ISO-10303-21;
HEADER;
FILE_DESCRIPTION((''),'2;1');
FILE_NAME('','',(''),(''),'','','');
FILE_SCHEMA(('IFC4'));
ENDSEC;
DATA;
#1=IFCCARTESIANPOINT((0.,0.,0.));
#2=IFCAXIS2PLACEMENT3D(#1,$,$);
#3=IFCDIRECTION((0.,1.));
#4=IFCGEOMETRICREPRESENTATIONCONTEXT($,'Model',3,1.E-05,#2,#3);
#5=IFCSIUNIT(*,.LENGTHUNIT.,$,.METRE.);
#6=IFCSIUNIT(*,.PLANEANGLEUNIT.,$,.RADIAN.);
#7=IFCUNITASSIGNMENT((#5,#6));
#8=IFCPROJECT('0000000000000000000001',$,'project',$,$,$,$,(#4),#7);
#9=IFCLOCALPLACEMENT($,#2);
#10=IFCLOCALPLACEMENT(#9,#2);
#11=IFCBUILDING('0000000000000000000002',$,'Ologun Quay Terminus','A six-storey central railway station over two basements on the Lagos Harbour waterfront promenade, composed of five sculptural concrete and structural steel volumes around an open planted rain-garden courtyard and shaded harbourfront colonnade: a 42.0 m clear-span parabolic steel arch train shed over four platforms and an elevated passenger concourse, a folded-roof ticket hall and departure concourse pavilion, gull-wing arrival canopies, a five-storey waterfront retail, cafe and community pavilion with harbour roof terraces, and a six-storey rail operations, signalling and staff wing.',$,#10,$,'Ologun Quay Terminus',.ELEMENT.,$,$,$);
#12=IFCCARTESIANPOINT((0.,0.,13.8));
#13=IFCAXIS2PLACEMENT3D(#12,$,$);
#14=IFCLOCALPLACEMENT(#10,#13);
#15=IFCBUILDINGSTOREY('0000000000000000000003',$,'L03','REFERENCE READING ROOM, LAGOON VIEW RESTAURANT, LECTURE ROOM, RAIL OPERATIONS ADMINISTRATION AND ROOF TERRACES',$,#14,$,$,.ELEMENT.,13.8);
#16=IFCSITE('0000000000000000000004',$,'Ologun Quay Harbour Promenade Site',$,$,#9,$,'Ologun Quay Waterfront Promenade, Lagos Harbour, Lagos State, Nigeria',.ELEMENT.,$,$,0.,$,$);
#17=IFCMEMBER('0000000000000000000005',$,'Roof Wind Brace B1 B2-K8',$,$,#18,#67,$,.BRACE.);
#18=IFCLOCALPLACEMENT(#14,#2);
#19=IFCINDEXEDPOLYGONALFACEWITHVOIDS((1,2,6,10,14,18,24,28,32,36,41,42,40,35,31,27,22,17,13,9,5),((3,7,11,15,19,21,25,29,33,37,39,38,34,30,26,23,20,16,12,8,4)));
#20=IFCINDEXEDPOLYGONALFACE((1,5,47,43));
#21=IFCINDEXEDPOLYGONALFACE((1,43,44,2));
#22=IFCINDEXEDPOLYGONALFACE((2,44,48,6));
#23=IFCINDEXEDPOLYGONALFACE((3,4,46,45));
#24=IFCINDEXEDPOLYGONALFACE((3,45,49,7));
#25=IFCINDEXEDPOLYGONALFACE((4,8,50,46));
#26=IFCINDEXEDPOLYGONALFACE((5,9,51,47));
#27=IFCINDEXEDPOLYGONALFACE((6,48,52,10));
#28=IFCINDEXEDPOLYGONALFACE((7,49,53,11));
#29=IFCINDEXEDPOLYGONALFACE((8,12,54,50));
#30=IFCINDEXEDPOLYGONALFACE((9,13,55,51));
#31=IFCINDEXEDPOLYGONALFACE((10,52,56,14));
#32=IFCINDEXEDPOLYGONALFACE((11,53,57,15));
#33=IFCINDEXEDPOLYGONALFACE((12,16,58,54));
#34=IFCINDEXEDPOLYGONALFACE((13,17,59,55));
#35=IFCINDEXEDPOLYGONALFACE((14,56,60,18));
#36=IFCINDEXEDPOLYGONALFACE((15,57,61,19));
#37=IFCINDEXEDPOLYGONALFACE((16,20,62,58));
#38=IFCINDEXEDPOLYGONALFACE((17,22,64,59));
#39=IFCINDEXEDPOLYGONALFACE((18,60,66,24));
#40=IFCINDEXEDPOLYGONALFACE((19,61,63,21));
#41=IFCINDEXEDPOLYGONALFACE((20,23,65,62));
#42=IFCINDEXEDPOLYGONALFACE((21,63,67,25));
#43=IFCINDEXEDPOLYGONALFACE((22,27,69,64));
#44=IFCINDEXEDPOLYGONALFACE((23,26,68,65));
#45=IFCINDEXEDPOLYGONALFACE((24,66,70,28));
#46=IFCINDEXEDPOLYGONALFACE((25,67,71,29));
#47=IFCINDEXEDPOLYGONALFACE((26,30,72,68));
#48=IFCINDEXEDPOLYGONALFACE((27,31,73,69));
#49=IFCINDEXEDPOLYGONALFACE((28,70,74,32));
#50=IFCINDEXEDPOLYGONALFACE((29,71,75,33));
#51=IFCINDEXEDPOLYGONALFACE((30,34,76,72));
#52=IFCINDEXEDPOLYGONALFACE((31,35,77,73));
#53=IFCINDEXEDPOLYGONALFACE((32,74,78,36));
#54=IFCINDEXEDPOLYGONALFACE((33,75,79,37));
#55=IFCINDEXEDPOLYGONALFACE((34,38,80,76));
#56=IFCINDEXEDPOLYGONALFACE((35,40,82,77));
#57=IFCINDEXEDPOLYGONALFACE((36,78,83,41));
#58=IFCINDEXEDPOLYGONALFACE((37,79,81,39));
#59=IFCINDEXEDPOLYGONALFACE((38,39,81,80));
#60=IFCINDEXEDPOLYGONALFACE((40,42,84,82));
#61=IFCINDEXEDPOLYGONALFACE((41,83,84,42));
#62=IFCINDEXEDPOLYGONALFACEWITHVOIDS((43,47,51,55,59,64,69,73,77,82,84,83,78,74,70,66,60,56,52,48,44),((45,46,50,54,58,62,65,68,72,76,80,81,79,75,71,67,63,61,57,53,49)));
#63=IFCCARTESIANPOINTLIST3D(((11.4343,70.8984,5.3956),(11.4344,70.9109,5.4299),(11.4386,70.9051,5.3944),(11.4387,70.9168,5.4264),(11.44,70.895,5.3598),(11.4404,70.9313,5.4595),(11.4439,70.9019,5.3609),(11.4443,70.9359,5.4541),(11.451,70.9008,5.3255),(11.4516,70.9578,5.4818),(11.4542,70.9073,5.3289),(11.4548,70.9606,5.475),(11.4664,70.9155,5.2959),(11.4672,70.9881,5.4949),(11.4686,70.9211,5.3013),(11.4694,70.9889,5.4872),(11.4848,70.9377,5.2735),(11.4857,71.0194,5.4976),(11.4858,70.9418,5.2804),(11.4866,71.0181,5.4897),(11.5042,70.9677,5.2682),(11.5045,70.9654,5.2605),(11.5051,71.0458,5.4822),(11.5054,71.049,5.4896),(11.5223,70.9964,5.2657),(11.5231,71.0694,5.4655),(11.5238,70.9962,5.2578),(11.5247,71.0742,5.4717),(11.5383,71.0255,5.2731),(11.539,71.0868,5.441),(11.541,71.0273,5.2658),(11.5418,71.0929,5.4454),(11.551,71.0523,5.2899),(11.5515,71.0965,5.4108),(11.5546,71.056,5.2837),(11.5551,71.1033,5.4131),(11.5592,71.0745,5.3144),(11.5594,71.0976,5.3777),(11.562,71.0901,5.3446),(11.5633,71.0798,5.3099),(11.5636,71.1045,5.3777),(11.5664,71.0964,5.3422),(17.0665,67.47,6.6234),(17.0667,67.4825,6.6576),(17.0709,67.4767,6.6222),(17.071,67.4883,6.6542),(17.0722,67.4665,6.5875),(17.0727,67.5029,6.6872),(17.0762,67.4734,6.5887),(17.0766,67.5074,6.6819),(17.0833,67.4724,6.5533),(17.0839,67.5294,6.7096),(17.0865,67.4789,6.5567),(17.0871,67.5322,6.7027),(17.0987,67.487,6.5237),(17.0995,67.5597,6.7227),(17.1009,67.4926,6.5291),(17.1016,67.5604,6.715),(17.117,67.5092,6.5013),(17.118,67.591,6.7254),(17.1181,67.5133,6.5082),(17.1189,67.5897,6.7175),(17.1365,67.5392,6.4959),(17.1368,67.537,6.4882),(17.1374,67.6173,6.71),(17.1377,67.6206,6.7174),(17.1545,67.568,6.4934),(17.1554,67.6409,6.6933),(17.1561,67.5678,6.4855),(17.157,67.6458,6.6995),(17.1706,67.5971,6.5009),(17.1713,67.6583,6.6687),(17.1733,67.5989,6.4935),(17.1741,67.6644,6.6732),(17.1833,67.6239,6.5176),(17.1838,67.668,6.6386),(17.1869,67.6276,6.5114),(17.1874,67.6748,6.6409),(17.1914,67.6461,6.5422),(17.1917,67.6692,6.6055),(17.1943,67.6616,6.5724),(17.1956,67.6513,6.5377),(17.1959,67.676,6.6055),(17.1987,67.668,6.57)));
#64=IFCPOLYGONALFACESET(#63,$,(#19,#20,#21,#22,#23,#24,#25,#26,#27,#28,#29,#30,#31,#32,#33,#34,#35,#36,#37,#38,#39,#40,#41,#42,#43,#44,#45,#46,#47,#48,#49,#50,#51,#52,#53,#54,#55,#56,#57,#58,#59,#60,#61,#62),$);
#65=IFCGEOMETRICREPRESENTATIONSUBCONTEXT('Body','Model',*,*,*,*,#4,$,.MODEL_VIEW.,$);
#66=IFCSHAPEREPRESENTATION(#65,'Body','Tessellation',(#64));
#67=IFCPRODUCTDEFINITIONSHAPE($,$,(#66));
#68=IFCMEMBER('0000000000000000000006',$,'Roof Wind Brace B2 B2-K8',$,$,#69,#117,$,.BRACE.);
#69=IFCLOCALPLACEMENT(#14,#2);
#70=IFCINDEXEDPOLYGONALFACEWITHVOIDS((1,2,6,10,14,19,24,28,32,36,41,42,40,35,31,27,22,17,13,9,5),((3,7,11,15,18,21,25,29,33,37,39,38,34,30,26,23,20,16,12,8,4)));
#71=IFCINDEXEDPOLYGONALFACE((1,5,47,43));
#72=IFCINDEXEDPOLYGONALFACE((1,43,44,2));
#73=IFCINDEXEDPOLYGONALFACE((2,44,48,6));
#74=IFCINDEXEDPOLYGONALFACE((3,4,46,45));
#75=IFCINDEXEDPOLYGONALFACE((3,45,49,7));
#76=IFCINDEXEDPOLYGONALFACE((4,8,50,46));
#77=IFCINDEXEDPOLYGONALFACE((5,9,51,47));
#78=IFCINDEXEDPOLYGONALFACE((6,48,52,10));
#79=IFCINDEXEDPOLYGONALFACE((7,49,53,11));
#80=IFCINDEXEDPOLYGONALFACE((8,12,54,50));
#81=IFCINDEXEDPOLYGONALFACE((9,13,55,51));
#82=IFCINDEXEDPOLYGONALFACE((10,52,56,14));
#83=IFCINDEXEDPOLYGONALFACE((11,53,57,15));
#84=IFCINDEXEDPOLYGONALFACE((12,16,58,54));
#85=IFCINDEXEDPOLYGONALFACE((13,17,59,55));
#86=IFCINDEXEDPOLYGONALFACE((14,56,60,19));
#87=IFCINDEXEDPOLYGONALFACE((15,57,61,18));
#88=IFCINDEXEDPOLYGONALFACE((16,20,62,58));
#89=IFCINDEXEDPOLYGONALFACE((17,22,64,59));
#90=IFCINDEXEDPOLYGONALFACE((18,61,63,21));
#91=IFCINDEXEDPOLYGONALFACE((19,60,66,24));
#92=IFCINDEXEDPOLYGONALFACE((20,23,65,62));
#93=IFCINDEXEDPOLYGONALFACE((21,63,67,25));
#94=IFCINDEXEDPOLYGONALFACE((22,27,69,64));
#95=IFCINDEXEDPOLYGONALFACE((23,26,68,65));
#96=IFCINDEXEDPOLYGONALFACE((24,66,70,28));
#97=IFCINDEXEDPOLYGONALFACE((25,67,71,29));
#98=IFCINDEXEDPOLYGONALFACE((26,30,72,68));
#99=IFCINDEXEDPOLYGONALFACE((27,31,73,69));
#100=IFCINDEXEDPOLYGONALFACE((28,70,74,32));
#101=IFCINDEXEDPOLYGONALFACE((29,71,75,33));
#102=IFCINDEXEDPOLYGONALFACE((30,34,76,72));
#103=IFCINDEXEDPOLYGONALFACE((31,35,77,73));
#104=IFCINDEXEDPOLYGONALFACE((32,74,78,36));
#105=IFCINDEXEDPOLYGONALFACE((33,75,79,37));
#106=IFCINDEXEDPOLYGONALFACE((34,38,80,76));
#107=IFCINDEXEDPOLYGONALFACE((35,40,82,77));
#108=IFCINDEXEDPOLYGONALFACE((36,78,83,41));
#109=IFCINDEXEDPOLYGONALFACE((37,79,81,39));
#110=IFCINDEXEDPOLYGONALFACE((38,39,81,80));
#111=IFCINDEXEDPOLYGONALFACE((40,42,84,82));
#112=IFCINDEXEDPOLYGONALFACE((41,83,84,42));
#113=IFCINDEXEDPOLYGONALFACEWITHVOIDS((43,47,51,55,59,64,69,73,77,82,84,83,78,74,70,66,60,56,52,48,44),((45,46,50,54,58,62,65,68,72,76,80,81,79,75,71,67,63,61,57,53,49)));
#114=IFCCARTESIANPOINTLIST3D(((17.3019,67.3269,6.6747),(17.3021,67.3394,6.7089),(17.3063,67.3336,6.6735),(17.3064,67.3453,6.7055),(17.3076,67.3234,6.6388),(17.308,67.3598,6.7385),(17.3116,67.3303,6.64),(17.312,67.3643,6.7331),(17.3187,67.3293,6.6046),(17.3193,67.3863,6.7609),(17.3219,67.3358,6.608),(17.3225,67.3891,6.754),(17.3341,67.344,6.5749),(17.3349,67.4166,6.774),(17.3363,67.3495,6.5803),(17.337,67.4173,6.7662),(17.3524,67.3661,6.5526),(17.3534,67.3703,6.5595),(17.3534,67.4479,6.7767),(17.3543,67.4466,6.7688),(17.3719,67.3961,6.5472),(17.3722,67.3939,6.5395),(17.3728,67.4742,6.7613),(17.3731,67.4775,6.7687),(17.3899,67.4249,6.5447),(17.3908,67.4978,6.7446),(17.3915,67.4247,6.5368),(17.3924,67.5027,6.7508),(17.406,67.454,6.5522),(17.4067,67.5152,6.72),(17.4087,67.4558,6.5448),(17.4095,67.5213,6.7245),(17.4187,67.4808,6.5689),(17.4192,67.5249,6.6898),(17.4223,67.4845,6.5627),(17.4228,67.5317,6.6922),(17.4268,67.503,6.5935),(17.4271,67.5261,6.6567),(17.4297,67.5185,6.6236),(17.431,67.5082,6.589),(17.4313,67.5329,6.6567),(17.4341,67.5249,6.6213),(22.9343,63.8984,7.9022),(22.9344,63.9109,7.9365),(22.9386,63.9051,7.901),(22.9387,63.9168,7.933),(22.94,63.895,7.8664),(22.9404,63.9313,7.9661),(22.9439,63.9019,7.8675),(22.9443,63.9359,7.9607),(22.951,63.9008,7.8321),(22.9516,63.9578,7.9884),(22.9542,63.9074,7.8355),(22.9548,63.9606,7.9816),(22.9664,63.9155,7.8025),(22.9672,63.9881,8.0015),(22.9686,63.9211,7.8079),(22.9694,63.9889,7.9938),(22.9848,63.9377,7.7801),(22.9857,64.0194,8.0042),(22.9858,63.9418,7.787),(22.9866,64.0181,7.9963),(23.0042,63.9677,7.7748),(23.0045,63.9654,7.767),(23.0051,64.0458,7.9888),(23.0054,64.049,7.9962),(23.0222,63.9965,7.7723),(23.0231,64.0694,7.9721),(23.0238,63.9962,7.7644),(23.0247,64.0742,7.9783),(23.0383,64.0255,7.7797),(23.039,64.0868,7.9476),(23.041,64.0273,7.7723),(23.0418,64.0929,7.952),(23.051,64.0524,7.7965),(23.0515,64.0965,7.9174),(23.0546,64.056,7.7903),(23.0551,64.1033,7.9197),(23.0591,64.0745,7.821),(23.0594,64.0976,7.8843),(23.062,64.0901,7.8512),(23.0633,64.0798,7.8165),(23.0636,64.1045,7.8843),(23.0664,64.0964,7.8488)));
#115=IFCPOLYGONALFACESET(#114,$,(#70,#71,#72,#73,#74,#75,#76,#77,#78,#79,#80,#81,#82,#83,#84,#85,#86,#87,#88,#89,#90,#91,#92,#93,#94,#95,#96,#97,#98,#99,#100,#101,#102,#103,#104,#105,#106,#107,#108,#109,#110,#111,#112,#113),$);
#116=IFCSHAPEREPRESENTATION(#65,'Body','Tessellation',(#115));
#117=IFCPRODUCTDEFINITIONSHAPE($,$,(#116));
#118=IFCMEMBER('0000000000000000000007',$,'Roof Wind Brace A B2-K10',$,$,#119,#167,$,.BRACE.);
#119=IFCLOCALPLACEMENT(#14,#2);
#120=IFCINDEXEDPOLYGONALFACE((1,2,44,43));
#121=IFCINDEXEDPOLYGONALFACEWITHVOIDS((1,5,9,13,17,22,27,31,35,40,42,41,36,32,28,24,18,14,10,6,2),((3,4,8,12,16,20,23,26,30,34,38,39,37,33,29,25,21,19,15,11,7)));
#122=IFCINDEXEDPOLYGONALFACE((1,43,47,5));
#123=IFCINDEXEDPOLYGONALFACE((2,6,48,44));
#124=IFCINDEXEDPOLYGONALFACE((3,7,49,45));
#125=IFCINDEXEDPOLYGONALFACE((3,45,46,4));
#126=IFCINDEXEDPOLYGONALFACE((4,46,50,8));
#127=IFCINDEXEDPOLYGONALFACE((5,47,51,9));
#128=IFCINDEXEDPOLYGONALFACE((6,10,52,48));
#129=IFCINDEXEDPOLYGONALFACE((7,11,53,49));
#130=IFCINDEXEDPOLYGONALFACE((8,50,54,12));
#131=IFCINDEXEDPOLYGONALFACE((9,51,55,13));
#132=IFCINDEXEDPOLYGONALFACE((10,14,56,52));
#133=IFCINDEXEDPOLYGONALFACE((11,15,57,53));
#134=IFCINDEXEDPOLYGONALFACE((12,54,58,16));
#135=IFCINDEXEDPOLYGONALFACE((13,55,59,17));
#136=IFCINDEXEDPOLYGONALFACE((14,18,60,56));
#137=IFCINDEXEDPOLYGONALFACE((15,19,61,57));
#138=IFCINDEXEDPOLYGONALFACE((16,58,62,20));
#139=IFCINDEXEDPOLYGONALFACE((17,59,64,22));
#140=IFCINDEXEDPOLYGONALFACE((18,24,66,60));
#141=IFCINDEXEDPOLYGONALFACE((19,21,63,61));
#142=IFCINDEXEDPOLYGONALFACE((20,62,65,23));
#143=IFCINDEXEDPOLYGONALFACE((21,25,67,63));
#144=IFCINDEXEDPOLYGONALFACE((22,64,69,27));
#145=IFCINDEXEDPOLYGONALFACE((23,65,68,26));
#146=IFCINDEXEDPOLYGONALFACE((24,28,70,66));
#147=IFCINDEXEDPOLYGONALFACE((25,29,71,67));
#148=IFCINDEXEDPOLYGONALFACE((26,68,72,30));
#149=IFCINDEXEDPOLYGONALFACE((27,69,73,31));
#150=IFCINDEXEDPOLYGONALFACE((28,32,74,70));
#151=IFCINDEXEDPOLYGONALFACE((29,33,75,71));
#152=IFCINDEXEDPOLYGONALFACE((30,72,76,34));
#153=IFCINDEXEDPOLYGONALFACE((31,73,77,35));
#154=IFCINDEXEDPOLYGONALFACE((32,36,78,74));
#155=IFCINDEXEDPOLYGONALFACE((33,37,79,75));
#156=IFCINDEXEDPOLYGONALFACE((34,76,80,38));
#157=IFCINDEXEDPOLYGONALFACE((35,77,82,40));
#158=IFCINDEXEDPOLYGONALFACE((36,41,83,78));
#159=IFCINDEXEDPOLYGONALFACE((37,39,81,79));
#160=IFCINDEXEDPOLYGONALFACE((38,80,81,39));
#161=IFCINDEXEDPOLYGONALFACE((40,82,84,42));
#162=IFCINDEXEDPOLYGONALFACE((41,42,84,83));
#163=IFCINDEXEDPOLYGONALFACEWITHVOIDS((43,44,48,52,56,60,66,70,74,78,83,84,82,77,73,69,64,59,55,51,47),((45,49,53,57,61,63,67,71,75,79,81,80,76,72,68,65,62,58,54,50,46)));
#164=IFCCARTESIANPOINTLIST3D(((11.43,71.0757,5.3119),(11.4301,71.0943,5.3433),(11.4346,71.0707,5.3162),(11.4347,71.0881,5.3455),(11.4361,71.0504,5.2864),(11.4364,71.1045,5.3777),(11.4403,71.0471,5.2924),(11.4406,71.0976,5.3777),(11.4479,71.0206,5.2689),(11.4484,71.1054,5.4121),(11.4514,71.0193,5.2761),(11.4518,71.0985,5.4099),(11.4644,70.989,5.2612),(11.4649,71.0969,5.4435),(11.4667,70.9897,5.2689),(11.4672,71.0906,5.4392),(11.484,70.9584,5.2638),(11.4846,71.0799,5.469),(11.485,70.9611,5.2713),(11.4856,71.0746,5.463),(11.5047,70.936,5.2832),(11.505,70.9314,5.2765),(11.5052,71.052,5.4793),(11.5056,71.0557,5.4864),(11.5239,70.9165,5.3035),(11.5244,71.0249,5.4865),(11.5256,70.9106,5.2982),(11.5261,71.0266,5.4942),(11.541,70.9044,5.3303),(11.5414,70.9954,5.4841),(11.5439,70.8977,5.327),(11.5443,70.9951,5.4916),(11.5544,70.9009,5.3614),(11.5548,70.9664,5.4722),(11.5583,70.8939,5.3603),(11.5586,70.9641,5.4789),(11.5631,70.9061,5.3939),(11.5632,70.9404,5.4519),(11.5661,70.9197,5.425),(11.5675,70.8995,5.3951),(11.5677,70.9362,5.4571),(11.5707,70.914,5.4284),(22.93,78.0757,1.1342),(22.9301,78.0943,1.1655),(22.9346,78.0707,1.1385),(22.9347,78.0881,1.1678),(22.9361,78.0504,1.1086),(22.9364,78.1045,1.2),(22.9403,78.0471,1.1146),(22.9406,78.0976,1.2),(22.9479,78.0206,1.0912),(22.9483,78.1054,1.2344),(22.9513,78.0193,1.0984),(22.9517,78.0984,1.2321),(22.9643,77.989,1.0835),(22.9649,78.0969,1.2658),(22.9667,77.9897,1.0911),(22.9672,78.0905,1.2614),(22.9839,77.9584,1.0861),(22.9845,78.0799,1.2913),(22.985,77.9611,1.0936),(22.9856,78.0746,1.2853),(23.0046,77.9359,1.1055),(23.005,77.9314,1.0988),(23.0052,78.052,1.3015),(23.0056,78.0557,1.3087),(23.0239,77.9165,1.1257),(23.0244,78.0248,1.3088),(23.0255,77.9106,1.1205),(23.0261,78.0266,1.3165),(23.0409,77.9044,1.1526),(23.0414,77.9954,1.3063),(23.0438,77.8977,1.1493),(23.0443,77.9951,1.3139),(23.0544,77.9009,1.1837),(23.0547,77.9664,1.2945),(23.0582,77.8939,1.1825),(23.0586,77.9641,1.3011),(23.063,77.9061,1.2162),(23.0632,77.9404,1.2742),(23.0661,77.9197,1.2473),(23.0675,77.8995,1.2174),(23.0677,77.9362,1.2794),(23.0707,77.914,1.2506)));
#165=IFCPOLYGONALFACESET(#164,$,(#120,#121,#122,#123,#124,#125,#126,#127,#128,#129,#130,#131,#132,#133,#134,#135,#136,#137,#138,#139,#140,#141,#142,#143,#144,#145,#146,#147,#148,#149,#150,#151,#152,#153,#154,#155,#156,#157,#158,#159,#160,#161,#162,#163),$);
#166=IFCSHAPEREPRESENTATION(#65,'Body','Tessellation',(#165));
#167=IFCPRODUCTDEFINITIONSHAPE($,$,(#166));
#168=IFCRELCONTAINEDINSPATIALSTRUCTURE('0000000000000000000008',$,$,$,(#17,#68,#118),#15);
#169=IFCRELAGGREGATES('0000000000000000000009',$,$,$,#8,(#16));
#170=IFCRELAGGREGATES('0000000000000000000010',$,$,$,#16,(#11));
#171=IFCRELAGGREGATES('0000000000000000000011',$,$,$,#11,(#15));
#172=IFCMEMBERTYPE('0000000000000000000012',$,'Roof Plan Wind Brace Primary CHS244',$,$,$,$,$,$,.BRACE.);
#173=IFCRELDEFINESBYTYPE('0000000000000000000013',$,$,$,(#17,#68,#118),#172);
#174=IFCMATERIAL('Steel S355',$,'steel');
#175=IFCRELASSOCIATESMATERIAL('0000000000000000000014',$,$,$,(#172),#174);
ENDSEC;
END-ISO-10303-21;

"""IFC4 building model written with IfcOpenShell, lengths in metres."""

from ifc_helpers import new_model, si_unit, direction, frame, origin, origin_2d, place, context, subcontext, project, spatial, hollow_circle, extrude, material, material_profile, profile_set, type_object, element, save


model = new_model("IFC4")

# Units and contexts
model_context = context("Model", 3, precision=1e-05, world=origin(), true_north=direction((0.0, 1.0)))
body_context = subcontext(model_context, "Body", "Model", "MODEL_VIEW")
ifc_project = project(units=[si_unit("LENGTHUNIT", "METRE"), si_unit("PLANEANGLEUNIT", "RADIAN")], contexts=[model_context])

# Site, building, storey
site_placement = place(None, origin())
site = spatial("IfcSite", under=ifc_project, at=site_placement, Name="Ologun Quay Harbour Promenade Site", LongName="Ologun Quay Waterfront Promenade, Lagos Harbour, Lagos State, Nigeria", CompositionType="ELEMENT", RefElevation=0.0)
building_placement = place(site_placement, origin())
building = spatial("IfcBuilding", under=site, at=building_placement, Name="Ologun Quay Terminus", Description="A six-storey central railway station over two basements on the Lagos Harbour waterfront promenade, composed of five sculptural concrete and structural steel volumes around an open planted rain-garden courtyard and shaded harbourfront colonnade: a 42.0 m clear-span parabolic steel arch train shed over four platforms and an elevated passenger concourse, a folded-roof ticket hall and departure concourse pavilion, gull-wing arrival canopies, a five-storey waterfront retail, cafe and community pavilion with harbour roof terraces, and a six-storey rail operations, signalling and staff wing.", LongName="Ologun Quay Terminus", CompositionType="ELEMENT")
storey_placement = place(building_placement, frame((0.0, 0.0, 13.8)))
storey = spatial("IfcBuildingStorey", under=building, at=storey_placement, Name="L03", Description="REFERENCE READING ROOM, LAGOON VIEW RESTAURANT, LECTURE ROOM, RAIL OPERATIONS ADMINISTRATION AND ROOF TERRACES", CompositionType="ELEMENT", Elevation=13.8)

# Members
ifc_material_1 = material(Name="Steel S355", Category="steel")
ifc_material_profile_1 = material_profile(ifc_material_1, hollow_circle(Radius=0.1223, WallThickness=0.0081, at=origin_2d()), Name="CHS 244.5x8")
ifc_profile_set_1 = profile_set([ifc_material_profile_1], Name="Steel S355")
member_type_1 = type_object("IfcMemberType", Name="Roof Plan Wind Brace Primary CHS244", PredefinedType="BRACE", material=ifc_profile_set_1)
for number, where, z_axis, x_axis, name in (
    (1, (11.5, 71.0, 5.3777), (0.839758, -0.511171, 0.183058), (0.519958, 0.854192, 0.0), "Roof Wind Brace B1 B2-K8"),
    (2, (17.3677, 67.4285, 6.6567), (0.839764, -0.511175, 0.183023), (0.519958, 0.854192, 0.0), "Roof Wind Brace B2 B2-K8"),
):
    element("IfcMember", number, at=place(storey_placement, frame(where, z_axis=z_axis, x_axis=x_axis)), inside=storey, type_object=member_type_1, Name=name, PredefinedType="BRACE", context=body_context, shape_type="SweptSolid", body=[
        extrude(hollow_circle(Radius=0.1223, WallThickness=0.0081, at=origin_2d()), origin(), (0.0, 0.0, 1.0), 6.707),
    ])
member_1_placement = place(storey_placement, frame((11.5, 71.0, 5.3777), z_axis=(0.815821, 0.496587, -0.296373), x_axis=(-0.519947, 0.854199, 0.0)))
element("IfcMember", 3, at=member_1_placement, inside=storey, type_object=member_type_1, Name="Roof Wind Brace A B2-K10", PredefinedType="BRACE", context=body_context, shape_type="SweptSolid", body=[
    extrude(hollow_circle(Radius=0.1223, WallThickness=0.0081, at=origin_2d()), origin(), (0.0, 0.0, 1.0), 14.0962),
])

save(model, "model.ifc")
